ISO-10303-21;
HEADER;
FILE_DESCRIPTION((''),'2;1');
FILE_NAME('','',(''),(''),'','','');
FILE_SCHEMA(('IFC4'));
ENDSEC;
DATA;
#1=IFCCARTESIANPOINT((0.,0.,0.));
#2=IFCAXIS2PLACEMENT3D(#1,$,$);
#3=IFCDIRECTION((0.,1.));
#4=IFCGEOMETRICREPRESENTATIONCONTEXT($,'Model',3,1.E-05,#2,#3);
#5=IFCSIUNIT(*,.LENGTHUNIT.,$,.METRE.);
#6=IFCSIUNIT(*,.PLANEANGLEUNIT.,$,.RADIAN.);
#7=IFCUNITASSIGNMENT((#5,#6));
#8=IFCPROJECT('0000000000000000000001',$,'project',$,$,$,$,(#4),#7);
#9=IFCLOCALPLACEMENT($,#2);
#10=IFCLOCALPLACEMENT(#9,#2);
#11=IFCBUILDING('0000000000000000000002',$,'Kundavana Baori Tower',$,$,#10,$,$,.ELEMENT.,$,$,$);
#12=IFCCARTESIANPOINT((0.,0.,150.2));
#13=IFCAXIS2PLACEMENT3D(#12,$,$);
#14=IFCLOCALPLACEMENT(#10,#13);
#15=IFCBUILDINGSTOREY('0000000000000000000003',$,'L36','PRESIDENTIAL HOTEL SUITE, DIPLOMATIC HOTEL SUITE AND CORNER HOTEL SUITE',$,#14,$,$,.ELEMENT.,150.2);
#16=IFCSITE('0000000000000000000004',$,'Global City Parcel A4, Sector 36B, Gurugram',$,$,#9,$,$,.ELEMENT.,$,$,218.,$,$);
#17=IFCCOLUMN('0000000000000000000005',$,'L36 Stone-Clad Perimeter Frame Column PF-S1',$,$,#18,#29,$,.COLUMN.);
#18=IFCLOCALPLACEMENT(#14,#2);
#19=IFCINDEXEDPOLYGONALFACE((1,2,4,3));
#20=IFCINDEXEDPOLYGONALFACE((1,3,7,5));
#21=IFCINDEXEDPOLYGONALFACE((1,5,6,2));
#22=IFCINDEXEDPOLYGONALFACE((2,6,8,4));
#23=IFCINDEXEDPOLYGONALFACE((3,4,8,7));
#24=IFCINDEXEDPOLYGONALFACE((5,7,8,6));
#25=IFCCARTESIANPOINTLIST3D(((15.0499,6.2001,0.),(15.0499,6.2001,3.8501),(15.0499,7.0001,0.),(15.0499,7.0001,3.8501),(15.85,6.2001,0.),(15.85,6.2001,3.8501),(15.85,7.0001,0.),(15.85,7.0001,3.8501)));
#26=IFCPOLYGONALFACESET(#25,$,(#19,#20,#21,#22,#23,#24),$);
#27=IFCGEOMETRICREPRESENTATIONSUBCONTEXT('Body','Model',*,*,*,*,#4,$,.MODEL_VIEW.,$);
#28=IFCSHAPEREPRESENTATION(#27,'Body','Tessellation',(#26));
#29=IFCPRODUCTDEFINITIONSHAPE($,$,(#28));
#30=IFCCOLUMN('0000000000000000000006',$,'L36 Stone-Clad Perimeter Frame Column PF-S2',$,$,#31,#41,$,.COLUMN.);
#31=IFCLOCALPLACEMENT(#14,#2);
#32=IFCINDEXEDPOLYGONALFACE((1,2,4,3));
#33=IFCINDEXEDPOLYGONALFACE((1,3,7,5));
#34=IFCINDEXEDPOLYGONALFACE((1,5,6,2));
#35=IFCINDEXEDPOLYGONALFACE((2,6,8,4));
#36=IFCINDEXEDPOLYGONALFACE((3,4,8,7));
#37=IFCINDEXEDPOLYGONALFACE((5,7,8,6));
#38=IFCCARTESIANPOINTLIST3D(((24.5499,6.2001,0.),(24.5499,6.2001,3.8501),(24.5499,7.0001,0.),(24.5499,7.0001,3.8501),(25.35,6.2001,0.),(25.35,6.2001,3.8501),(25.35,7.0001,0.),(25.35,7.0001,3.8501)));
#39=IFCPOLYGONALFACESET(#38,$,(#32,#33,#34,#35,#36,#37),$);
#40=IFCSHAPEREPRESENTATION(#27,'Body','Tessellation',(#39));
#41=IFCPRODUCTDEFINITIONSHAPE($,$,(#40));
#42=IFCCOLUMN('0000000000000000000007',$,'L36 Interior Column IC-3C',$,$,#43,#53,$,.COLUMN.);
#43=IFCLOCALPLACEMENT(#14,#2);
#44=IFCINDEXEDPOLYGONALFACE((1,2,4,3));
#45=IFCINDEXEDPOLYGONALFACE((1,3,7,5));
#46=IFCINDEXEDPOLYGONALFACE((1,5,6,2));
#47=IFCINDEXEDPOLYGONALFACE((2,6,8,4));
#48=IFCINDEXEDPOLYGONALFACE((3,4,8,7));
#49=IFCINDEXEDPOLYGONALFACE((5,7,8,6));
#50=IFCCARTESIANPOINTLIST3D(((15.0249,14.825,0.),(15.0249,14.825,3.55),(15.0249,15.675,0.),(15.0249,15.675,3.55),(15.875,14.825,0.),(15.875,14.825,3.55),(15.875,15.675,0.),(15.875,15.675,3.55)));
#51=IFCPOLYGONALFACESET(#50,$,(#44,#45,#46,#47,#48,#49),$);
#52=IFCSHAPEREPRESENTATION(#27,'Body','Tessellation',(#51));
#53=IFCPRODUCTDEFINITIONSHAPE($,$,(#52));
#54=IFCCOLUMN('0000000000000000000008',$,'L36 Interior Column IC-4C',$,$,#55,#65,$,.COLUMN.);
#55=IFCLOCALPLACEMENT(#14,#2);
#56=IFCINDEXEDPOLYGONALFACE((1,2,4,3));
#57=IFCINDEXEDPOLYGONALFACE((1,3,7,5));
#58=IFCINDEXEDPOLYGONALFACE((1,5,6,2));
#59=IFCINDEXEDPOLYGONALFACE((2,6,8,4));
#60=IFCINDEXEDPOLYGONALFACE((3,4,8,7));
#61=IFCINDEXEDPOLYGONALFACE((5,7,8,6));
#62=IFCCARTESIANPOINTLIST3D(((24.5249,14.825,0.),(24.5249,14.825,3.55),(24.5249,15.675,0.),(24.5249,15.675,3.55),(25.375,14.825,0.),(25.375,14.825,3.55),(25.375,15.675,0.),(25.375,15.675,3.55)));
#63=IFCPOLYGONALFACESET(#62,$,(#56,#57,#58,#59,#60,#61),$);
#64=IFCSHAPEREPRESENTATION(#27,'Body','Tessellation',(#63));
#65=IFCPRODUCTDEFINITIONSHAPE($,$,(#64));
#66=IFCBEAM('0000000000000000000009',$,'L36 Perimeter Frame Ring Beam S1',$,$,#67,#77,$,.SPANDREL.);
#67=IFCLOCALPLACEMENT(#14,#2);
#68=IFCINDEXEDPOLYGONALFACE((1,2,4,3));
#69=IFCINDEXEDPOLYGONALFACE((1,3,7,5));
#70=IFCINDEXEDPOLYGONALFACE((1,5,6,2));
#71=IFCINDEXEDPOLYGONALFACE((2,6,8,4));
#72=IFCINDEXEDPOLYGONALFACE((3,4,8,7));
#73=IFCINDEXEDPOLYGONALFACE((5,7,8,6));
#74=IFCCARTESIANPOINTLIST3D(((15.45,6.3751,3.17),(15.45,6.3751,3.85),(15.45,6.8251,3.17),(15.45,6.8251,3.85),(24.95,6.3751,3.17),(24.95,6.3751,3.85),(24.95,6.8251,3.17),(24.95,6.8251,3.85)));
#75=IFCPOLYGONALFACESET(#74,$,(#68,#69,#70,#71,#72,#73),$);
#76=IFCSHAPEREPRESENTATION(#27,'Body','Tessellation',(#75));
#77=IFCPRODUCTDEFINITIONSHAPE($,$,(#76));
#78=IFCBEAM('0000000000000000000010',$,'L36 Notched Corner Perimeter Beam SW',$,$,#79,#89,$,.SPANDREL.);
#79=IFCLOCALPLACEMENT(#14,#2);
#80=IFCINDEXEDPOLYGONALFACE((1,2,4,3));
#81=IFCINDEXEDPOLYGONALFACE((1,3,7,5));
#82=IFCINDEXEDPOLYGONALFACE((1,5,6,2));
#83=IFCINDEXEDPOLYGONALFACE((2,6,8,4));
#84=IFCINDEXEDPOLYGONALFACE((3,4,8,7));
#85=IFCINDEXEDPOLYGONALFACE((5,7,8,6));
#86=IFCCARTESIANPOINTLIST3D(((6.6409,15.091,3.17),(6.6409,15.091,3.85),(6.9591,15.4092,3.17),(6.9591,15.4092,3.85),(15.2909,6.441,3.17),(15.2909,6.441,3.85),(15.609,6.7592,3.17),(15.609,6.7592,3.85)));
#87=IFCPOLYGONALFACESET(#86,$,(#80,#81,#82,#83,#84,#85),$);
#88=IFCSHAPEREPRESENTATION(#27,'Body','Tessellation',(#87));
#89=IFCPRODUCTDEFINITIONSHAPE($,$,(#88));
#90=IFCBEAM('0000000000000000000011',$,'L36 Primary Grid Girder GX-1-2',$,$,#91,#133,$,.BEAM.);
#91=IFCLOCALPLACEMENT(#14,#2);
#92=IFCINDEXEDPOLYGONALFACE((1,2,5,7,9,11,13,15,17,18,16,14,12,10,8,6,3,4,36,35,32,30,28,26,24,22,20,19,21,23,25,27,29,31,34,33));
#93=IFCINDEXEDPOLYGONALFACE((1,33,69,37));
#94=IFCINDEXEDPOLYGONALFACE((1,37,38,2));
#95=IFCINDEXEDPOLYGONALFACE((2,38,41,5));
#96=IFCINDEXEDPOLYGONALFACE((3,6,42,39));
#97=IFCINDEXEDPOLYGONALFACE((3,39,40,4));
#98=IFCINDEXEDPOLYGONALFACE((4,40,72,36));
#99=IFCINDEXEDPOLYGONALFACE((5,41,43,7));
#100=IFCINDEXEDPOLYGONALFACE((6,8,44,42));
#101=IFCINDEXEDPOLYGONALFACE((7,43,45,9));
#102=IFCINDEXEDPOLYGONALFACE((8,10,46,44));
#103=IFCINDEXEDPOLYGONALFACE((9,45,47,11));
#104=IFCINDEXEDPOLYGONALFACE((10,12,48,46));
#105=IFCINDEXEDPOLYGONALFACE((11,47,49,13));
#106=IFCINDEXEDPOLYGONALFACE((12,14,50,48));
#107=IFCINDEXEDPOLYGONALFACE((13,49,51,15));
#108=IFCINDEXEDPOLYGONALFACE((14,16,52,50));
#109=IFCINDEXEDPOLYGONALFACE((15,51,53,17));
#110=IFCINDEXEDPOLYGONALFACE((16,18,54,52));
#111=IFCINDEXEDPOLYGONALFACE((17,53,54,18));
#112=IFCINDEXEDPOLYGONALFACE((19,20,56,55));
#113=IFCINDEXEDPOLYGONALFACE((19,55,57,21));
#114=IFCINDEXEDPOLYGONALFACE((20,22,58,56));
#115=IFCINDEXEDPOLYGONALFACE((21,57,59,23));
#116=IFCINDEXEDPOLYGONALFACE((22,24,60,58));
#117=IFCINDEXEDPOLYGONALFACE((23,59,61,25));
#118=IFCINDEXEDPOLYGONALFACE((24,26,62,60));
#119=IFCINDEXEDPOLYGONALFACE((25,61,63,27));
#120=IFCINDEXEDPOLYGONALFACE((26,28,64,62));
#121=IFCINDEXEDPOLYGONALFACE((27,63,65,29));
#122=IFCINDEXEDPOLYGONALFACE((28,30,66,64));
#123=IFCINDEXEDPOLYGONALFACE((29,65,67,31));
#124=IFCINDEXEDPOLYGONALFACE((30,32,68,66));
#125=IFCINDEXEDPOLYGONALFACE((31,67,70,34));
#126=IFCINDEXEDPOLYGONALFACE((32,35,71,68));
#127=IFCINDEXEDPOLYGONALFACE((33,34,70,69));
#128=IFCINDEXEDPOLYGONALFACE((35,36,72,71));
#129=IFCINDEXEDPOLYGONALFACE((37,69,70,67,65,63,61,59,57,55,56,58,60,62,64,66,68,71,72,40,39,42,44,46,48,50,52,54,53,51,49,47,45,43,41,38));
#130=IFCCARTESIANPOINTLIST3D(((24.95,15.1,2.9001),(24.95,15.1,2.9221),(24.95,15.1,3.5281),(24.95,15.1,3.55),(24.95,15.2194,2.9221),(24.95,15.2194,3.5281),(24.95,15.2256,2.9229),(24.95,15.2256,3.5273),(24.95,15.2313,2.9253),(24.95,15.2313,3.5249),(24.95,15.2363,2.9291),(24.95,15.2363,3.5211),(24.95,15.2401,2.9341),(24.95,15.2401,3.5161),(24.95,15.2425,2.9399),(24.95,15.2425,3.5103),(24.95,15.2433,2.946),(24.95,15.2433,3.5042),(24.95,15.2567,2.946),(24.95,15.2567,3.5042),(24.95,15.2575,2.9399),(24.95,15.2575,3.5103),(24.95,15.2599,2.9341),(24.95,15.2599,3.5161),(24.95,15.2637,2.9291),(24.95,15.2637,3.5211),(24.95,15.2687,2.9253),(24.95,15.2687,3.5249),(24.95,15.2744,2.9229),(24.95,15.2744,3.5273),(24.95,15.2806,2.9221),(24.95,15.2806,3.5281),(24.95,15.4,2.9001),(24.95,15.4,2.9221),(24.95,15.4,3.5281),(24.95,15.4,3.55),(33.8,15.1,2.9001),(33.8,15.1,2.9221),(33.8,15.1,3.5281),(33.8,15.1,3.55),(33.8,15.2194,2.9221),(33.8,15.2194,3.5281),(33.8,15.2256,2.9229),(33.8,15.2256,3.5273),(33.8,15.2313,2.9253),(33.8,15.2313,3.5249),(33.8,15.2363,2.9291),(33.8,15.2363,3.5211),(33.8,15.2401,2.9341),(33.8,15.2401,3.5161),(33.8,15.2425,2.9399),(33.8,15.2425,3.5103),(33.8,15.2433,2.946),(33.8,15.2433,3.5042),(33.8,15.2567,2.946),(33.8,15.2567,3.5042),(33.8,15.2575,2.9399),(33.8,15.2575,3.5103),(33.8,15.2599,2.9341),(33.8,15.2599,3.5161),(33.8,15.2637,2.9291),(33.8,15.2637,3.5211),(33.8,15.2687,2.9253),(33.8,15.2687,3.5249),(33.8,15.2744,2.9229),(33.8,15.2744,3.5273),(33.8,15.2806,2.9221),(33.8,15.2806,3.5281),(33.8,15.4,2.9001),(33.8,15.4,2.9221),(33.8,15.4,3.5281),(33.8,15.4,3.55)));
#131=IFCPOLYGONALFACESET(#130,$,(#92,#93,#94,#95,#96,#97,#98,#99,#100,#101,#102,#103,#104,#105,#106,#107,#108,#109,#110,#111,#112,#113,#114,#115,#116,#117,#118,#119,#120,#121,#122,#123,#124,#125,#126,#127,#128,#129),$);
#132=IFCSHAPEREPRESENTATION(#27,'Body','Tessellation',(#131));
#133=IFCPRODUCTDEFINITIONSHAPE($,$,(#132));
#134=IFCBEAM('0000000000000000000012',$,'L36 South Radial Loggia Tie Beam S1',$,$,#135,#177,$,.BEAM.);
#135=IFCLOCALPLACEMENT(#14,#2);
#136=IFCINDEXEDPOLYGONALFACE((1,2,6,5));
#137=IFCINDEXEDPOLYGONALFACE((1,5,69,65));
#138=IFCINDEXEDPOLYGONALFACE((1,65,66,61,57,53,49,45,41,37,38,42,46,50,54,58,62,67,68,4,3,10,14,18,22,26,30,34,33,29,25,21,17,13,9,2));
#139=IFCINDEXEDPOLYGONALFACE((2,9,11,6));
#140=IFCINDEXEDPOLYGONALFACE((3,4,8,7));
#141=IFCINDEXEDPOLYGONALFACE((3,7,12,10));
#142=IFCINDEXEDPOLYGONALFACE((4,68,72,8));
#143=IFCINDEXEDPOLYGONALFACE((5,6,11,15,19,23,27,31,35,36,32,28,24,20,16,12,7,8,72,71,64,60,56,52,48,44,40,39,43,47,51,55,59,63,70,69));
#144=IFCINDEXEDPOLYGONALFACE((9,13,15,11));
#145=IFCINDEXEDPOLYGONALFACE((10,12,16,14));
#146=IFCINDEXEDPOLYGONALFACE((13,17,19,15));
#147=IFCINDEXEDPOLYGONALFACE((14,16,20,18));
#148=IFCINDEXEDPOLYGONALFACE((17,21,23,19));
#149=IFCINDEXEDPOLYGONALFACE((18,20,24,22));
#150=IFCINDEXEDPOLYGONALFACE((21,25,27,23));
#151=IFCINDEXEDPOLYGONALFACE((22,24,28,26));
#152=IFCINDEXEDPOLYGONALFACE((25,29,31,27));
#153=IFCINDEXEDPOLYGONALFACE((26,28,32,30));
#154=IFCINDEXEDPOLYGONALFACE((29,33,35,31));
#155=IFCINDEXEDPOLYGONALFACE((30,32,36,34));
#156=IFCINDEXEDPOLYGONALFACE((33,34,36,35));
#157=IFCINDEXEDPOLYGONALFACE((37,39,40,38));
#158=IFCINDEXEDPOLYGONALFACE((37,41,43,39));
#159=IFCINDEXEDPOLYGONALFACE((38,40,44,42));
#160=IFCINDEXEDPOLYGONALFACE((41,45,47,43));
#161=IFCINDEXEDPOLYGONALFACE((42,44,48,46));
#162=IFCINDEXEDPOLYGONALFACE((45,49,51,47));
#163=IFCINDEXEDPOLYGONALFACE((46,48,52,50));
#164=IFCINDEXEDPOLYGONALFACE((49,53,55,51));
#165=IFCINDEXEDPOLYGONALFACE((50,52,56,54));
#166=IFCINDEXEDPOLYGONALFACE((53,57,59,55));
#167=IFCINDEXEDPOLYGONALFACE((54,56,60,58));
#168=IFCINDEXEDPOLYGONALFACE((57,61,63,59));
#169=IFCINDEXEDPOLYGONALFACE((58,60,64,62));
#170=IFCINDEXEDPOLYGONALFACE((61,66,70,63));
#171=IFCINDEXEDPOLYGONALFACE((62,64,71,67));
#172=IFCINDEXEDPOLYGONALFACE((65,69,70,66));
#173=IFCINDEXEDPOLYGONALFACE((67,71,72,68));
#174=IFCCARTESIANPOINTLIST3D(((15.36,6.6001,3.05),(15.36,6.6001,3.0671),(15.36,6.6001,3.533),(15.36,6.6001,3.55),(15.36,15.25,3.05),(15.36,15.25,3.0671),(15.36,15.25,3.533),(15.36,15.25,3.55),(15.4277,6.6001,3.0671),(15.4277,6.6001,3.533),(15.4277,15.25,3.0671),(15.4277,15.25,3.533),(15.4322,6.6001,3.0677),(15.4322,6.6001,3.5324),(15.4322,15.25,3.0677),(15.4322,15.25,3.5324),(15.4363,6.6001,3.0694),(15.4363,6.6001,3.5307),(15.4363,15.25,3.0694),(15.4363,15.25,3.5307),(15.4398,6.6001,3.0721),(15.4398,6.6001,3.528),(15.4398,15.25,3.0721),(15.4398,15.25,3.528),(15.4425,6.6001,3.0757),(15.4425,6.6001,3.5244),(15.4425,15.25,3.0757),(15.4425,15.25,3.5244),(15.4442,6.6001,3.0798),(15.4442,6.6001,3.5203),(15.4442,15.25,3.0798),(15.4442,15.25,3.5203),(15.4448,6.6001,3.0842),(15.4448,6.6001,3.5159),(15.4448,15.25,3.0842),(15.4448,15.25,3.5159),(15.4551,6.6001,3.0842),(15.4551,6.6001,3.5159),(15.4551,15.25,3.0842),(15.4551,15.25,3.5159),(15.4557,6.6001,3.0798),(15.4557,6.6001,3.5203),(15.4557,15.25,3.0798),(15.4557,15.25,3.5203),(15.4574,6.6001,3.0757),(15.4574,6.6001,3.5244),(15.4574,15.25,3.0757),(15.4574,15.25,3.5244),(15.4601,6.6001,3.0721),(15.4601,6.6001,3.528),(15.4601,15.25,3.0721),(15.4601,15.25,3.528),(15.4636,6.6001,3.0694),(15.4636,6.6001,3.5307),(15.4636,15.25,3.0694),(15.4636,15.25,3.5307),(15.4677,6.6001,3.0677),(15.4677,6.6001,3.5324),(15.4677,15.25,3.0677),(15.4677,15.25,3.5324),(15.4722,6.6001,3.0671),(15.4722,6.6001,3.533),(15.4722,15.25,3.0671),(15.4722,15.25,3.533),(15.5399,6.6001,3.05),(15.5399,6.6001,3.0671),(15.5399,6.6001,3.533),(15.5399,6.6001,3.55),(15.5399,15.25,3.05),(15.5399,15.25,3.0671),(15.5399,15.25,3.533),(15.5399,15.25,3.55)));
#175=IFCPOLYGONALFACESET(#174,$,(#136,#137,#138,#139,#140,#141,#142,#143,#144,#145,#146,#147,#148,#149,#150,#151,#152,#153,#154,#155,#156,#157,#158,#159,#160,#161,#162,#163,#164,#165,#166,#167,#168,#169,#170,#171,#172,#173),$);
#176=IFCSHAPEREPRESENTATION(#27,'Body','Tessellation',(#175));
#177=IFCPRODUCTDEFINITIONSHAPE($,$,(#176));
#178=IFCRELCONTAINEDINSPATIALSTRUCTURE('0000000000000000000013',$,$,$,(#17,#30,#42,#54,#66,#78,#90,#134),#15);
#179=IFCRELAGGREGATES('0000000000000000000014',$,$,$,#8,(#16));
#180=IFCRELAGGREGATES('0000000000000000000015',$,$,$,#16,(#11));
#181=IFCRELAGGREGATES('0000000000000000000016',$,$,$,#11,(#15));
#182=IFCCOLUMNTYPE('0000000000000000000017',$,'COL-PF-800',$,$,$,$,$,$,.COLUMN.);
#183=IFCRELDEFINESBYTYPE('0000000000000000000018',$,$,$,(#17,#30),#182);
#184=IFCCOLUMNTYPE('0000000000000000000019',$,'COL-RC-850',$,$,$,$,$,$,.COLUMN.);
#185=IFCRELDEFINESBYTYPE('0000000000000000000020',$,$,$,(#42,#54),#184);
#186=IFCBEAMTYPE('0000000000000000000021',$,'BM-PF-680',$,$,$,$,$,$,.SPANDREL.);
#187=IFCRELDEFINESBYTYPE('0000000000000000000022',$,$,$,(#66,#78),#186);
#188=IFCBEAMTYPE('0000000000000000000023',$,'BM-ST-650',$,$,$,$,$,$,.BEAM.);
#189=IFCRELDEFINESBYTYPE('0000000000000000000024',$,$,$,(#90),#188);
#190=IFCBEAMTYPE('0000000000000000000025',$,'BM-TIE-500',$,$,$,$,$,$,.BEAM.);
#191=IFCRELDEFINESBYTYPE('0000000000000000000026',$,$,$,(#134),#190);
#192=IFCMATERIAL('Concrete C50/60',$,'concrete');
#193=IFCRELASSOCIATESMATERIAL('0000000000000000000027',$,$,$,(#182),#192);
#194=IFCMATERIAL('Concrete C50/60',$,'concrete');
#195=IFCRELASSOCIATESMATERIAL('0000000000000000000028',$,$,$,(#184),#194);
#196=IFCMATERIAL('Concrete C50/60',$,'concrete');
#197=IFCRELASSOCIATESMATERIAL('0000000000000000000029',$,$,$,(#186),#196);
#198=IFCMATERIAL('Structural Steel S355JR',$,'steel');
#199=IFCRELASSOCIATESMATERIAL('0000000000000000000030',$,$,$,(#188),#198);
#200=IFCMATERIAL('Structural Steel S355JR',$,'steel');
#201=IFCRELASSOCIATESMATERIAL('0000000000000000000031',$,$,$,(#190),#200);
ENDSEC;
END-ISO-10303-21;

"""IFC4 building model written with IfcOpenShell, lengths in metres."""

from ifc_helpers import new_model, si_unit, direction, frame, origin, origin_2d, place, context, subcontext, project, spatial, rectangle, i_section, extrude, material, material_profile, profile_set, type_object, element, save


model = new_model("IFC4")

# Units and contexts
model_context = context("Model", 3, precision=1e-05, world=origin(), true_north=direction((0.0, 1.0)))
body_context = subcontext(model_context, "Body", "Model", "MODEL_VIEW")
ifc_project = project(units=[si_unit("LENGTHUNIT", "METRE"), si_unit("PLANEANGLEUNIT", "RADIAN")], contexts=[model_context])

# Site, building, storey
site_placement = place(None, origin())
site = spatial("IfcSite", under=ifc_project, at=site_placement, Name="Global City Parcel A4, Sector 36B, Gurugram", CompositionType="ELEMENT", RefElevation=218.0)
building_placement = place(site_placement, origin())
building = spatial("IfcBuilding", under=site, at=building_placement, Name="Kundavana Baori Tower", CompositionType="ELEMENT")
storey_placement = place(building_placement, frame((0.0, 0.0, 150.2)))
storey = spatial("IfcBuildingStorey", under=building, at=storey_placement, Name="L36", Description="PRESIDENTIAL HOTEL SUITE, DIPLOMATIC HOTEL SUITE AND CORNER HOTEL SUITE", CompositionType="ELEMENT", Elevation=150.2)

# Columns
ifc_material_1 = material(Name="Concrete C50/60", Category="concrete")
ifc_material_profile_1 = material_profile(ifc_material_1, rectangle(XDim=0.8, YDim=0.8, at=origin_2d()), Name="RC PF 800x800")
ifc_profile_set_1 = profile_set([ifc_material_profile_1], Name="Concrete C50/60")
column_type_1 = type_object("IfcColumnType", Name="COL-PF-800", PredefinedType="COLUMN", material=ifc_profile_set_1)
for number, where, z_axis, x_axis, name in (
    (1, (15.45, 6.6001, 0.0), (0.0, 0.0, 1.0), (1.0, 0.0, 0.0), "L36 Stone-Clad Perimeter Frame Column PF-S1"),
    (2, (24.95, 6.6001, 0.0), (0.0, 0.0, 1.0), (1.0, 0.0, 0.0), "L36 Stone-Clad Perimeter Frame Column PF-S2"),
):
    element("IfcColumn", number, at=place(storey_placement, frame(where, z_axis=z_axis, x_axis=x_axis)), inside=storey, type_object=column_type_1, Name=name, PredefinedType="COLUMN", context=body_context, shape_type="SweptSolid", body=[
        extrude(rectangle(XDim=0.8, YDim=0.8, at=origin_2d()), origin(), (0.0, 0.0, 1.0), 3.8501),
    ])
ifc_material_2 = material(Name="Concrete C50/60", Category="concrete")
ifc_material_profile_2 = material_profile(ifc_material_2, rectangle(XDim=0.8501, YDim=0.8501, at=origin_2d()), Name="RC 850x850")
ifc_profile_set_2 = profile_set([ifc_material_profile_2], Name="Concrete C50/60")
column_type_2 = type_object("IfcColumnType", Name="COL-RC-850", PredefinedType="COLUMN", material=ifc_profile_set_2)
for number, where, z_axis, x_axis, name in (
    (3, (15.45, 15.25, 0.0), (0.0, 0.0, 1.0), (1.0, 0.0, 0.0), "L36 Interior Column IC-3C"),
    (4, (24.95, 15.25, 0.0), (0.0, 0.0, 1.0), (1.0, 0.0, 0.0), "L36 Interior Column IC-4C"),
):
    element("IfcColumn", number, at=place(storey_placement, frame(where, z_axis=z_axis, x_axis=x_axis)), inside=storey, type_object=column_type_2, Name=name, PredefinedType="COLUMN", context=body_context, shape_type="SweptSolid", body=[
        extrude(rectangle(XDim=0.8501, YDim=0.8501, at=origin_2d()), origin(), (0.0, 0.0, 1.0), 3.55),
    ])

# Beams
ifc_material_3 = material(Name="Concrete C50/60", Category="concrete")
ifc_material_profile_3 = material_profile(ifc_material_3, rectangle(XDim=0.45, YDim=0.6799, at=origin_2d()), Name="RC BM 450x680")
ifc_profile_set_3 = profile_set([ifc_material_profile_3], Name="Concrete C50/60")
beam_type_1 = type_object("IfcBeamType", Name="BM-PF-680", PredefinedType="SPANDREL", material=ifc_profile_set_3)
beam_1_placement = place(storey_placement, frame((15.45, 6.6001, 3.51), z_axis=(1.0, 0.0, 0.0), x_axis=(0.0, 1.0, 0.0)))
element("IfcBeam", 5, at=beam_1_placement, inside=storey, type_object=beam_type_1, Name="L36 Perimeter Frame Ring Beam S1", PredefinedType="SPANDREL", context=body_context, shape_type="SweptSolid", body=[
    extrude(rectangle(XDim=0.45, YDim=0.6799, at=origin_2d()), origin(), (0.0, 0.0, 1.0), 9.5),
])
beam_2_placement = place(storey_placement, frame((15.45, 6.6001, 3.51), z_axis=(-0.707107, 0.707107, 0.0), x_axis=(-0.707107, -0.707107, 0.0)))
element("IfcBeam", 6, at=beam_2_placement, inside=storey, type_object=beam_type_1, Name="L36 Notched Corner Perimeter Beam SW", PredefinedType="SPANDREL", context=body_context, shape_type="SweptSolid", body=[
    extrude(rectangle(XDim=0.45, YDim=0.6799, at=origin_2d()), origin(), (0.0, 0.0, 1.0), 12.2329),
])
ifc_material_4 = material(Name="Structural Steel S355JR", Category="steel")
ifc_material_profile_4 = material_profile(ifc_material_4, i_section(OverallWidth=0.3, OverallDepth=0.6499, WebThickness=0.0134, FlangeThickness=0.022, FilletRadius=0.0239, at=origin_2d()), Name="NPB 650x300x155")
ifc_profile_set_4 = profile_set([ifc_material_profile_4], Name="Structural Steel S355JR")
beam_type_2 = type_object("IfcBeamType", Name="BM-ST-650", PredefinedType="BEAM", material=ifc_profile_set_4)
beam_3_placement = place(storey_placement, frame((24.95, 15.25, 3.2251), z_axis=(1.0, 0.0, 0.0), x_axis=(0.0, 1.0, 0.0)))
element("IfcBeam", 7, at=beam_3_placement, inside=storey, type_object=beam_type_2, Name="L36 Primary Grid Girder GX-1-2", PredefinedType="BEAM", context=body_context, shape_type="SweptSolid", body=[
    extrude(i_section(OverallWidth=0.3, OverallDepth=0.6499, WebThickness=0.0134, FlangeThickness=0.022, FilletRadius=0.0239, at=origin_2d()), origin(), (0.0, 0.0, 1.0), 8.8501),
])
ifc_material_5 = material(Name="Structural Steel S355JR", Category="steel")
ifc_material_profile_5 = material_profile(ifc_material_5, i_section(OverallWidth=0.1799, OverallDepth=0.5, WebThickness=0.0103, FlangeThickness=0.0171, FilletRadius=0.0171, at=origin_2d()), Name="ISMB 500")
ifc_profile_set_5 = profile_set([ifc_material_profile_5], Name="Structural Steel S355JR")
beam_type_3 = type_object("IfcBeamType", Name="BM-TIE-500", PredefinedType="BEAM", material=ifc_profile_set_5)
for number, where, z_axis, x_axis, name in (
    (8, (15.45, 15.25, 3.3), (0.0, -1.0, 0.0), (1.0, 0.0, 0.0), "L36 South Radial Loggia Tie Beam S1"),
):
    element("IfcBeam", number, at=place(storey_placement, frame(where, z_axis=z_axis, x_axis=x_axis)), inside=storey, type_object=beam_type_3, Name=name, PredefinedType="BEAM", context=body_context, shape_type="SweptSolid", body=[
        extrude(i_section(OverallWidth=0.1799, OverallDepth=0.5, WebThickness=0.0103, FlangeThickness=0.0171, FilletRadius=0.0171, at=origin_2d()), origin(), (0.0, 0.0, 1.0), 8.6499),
    ])

save(model, "model.ifc")
